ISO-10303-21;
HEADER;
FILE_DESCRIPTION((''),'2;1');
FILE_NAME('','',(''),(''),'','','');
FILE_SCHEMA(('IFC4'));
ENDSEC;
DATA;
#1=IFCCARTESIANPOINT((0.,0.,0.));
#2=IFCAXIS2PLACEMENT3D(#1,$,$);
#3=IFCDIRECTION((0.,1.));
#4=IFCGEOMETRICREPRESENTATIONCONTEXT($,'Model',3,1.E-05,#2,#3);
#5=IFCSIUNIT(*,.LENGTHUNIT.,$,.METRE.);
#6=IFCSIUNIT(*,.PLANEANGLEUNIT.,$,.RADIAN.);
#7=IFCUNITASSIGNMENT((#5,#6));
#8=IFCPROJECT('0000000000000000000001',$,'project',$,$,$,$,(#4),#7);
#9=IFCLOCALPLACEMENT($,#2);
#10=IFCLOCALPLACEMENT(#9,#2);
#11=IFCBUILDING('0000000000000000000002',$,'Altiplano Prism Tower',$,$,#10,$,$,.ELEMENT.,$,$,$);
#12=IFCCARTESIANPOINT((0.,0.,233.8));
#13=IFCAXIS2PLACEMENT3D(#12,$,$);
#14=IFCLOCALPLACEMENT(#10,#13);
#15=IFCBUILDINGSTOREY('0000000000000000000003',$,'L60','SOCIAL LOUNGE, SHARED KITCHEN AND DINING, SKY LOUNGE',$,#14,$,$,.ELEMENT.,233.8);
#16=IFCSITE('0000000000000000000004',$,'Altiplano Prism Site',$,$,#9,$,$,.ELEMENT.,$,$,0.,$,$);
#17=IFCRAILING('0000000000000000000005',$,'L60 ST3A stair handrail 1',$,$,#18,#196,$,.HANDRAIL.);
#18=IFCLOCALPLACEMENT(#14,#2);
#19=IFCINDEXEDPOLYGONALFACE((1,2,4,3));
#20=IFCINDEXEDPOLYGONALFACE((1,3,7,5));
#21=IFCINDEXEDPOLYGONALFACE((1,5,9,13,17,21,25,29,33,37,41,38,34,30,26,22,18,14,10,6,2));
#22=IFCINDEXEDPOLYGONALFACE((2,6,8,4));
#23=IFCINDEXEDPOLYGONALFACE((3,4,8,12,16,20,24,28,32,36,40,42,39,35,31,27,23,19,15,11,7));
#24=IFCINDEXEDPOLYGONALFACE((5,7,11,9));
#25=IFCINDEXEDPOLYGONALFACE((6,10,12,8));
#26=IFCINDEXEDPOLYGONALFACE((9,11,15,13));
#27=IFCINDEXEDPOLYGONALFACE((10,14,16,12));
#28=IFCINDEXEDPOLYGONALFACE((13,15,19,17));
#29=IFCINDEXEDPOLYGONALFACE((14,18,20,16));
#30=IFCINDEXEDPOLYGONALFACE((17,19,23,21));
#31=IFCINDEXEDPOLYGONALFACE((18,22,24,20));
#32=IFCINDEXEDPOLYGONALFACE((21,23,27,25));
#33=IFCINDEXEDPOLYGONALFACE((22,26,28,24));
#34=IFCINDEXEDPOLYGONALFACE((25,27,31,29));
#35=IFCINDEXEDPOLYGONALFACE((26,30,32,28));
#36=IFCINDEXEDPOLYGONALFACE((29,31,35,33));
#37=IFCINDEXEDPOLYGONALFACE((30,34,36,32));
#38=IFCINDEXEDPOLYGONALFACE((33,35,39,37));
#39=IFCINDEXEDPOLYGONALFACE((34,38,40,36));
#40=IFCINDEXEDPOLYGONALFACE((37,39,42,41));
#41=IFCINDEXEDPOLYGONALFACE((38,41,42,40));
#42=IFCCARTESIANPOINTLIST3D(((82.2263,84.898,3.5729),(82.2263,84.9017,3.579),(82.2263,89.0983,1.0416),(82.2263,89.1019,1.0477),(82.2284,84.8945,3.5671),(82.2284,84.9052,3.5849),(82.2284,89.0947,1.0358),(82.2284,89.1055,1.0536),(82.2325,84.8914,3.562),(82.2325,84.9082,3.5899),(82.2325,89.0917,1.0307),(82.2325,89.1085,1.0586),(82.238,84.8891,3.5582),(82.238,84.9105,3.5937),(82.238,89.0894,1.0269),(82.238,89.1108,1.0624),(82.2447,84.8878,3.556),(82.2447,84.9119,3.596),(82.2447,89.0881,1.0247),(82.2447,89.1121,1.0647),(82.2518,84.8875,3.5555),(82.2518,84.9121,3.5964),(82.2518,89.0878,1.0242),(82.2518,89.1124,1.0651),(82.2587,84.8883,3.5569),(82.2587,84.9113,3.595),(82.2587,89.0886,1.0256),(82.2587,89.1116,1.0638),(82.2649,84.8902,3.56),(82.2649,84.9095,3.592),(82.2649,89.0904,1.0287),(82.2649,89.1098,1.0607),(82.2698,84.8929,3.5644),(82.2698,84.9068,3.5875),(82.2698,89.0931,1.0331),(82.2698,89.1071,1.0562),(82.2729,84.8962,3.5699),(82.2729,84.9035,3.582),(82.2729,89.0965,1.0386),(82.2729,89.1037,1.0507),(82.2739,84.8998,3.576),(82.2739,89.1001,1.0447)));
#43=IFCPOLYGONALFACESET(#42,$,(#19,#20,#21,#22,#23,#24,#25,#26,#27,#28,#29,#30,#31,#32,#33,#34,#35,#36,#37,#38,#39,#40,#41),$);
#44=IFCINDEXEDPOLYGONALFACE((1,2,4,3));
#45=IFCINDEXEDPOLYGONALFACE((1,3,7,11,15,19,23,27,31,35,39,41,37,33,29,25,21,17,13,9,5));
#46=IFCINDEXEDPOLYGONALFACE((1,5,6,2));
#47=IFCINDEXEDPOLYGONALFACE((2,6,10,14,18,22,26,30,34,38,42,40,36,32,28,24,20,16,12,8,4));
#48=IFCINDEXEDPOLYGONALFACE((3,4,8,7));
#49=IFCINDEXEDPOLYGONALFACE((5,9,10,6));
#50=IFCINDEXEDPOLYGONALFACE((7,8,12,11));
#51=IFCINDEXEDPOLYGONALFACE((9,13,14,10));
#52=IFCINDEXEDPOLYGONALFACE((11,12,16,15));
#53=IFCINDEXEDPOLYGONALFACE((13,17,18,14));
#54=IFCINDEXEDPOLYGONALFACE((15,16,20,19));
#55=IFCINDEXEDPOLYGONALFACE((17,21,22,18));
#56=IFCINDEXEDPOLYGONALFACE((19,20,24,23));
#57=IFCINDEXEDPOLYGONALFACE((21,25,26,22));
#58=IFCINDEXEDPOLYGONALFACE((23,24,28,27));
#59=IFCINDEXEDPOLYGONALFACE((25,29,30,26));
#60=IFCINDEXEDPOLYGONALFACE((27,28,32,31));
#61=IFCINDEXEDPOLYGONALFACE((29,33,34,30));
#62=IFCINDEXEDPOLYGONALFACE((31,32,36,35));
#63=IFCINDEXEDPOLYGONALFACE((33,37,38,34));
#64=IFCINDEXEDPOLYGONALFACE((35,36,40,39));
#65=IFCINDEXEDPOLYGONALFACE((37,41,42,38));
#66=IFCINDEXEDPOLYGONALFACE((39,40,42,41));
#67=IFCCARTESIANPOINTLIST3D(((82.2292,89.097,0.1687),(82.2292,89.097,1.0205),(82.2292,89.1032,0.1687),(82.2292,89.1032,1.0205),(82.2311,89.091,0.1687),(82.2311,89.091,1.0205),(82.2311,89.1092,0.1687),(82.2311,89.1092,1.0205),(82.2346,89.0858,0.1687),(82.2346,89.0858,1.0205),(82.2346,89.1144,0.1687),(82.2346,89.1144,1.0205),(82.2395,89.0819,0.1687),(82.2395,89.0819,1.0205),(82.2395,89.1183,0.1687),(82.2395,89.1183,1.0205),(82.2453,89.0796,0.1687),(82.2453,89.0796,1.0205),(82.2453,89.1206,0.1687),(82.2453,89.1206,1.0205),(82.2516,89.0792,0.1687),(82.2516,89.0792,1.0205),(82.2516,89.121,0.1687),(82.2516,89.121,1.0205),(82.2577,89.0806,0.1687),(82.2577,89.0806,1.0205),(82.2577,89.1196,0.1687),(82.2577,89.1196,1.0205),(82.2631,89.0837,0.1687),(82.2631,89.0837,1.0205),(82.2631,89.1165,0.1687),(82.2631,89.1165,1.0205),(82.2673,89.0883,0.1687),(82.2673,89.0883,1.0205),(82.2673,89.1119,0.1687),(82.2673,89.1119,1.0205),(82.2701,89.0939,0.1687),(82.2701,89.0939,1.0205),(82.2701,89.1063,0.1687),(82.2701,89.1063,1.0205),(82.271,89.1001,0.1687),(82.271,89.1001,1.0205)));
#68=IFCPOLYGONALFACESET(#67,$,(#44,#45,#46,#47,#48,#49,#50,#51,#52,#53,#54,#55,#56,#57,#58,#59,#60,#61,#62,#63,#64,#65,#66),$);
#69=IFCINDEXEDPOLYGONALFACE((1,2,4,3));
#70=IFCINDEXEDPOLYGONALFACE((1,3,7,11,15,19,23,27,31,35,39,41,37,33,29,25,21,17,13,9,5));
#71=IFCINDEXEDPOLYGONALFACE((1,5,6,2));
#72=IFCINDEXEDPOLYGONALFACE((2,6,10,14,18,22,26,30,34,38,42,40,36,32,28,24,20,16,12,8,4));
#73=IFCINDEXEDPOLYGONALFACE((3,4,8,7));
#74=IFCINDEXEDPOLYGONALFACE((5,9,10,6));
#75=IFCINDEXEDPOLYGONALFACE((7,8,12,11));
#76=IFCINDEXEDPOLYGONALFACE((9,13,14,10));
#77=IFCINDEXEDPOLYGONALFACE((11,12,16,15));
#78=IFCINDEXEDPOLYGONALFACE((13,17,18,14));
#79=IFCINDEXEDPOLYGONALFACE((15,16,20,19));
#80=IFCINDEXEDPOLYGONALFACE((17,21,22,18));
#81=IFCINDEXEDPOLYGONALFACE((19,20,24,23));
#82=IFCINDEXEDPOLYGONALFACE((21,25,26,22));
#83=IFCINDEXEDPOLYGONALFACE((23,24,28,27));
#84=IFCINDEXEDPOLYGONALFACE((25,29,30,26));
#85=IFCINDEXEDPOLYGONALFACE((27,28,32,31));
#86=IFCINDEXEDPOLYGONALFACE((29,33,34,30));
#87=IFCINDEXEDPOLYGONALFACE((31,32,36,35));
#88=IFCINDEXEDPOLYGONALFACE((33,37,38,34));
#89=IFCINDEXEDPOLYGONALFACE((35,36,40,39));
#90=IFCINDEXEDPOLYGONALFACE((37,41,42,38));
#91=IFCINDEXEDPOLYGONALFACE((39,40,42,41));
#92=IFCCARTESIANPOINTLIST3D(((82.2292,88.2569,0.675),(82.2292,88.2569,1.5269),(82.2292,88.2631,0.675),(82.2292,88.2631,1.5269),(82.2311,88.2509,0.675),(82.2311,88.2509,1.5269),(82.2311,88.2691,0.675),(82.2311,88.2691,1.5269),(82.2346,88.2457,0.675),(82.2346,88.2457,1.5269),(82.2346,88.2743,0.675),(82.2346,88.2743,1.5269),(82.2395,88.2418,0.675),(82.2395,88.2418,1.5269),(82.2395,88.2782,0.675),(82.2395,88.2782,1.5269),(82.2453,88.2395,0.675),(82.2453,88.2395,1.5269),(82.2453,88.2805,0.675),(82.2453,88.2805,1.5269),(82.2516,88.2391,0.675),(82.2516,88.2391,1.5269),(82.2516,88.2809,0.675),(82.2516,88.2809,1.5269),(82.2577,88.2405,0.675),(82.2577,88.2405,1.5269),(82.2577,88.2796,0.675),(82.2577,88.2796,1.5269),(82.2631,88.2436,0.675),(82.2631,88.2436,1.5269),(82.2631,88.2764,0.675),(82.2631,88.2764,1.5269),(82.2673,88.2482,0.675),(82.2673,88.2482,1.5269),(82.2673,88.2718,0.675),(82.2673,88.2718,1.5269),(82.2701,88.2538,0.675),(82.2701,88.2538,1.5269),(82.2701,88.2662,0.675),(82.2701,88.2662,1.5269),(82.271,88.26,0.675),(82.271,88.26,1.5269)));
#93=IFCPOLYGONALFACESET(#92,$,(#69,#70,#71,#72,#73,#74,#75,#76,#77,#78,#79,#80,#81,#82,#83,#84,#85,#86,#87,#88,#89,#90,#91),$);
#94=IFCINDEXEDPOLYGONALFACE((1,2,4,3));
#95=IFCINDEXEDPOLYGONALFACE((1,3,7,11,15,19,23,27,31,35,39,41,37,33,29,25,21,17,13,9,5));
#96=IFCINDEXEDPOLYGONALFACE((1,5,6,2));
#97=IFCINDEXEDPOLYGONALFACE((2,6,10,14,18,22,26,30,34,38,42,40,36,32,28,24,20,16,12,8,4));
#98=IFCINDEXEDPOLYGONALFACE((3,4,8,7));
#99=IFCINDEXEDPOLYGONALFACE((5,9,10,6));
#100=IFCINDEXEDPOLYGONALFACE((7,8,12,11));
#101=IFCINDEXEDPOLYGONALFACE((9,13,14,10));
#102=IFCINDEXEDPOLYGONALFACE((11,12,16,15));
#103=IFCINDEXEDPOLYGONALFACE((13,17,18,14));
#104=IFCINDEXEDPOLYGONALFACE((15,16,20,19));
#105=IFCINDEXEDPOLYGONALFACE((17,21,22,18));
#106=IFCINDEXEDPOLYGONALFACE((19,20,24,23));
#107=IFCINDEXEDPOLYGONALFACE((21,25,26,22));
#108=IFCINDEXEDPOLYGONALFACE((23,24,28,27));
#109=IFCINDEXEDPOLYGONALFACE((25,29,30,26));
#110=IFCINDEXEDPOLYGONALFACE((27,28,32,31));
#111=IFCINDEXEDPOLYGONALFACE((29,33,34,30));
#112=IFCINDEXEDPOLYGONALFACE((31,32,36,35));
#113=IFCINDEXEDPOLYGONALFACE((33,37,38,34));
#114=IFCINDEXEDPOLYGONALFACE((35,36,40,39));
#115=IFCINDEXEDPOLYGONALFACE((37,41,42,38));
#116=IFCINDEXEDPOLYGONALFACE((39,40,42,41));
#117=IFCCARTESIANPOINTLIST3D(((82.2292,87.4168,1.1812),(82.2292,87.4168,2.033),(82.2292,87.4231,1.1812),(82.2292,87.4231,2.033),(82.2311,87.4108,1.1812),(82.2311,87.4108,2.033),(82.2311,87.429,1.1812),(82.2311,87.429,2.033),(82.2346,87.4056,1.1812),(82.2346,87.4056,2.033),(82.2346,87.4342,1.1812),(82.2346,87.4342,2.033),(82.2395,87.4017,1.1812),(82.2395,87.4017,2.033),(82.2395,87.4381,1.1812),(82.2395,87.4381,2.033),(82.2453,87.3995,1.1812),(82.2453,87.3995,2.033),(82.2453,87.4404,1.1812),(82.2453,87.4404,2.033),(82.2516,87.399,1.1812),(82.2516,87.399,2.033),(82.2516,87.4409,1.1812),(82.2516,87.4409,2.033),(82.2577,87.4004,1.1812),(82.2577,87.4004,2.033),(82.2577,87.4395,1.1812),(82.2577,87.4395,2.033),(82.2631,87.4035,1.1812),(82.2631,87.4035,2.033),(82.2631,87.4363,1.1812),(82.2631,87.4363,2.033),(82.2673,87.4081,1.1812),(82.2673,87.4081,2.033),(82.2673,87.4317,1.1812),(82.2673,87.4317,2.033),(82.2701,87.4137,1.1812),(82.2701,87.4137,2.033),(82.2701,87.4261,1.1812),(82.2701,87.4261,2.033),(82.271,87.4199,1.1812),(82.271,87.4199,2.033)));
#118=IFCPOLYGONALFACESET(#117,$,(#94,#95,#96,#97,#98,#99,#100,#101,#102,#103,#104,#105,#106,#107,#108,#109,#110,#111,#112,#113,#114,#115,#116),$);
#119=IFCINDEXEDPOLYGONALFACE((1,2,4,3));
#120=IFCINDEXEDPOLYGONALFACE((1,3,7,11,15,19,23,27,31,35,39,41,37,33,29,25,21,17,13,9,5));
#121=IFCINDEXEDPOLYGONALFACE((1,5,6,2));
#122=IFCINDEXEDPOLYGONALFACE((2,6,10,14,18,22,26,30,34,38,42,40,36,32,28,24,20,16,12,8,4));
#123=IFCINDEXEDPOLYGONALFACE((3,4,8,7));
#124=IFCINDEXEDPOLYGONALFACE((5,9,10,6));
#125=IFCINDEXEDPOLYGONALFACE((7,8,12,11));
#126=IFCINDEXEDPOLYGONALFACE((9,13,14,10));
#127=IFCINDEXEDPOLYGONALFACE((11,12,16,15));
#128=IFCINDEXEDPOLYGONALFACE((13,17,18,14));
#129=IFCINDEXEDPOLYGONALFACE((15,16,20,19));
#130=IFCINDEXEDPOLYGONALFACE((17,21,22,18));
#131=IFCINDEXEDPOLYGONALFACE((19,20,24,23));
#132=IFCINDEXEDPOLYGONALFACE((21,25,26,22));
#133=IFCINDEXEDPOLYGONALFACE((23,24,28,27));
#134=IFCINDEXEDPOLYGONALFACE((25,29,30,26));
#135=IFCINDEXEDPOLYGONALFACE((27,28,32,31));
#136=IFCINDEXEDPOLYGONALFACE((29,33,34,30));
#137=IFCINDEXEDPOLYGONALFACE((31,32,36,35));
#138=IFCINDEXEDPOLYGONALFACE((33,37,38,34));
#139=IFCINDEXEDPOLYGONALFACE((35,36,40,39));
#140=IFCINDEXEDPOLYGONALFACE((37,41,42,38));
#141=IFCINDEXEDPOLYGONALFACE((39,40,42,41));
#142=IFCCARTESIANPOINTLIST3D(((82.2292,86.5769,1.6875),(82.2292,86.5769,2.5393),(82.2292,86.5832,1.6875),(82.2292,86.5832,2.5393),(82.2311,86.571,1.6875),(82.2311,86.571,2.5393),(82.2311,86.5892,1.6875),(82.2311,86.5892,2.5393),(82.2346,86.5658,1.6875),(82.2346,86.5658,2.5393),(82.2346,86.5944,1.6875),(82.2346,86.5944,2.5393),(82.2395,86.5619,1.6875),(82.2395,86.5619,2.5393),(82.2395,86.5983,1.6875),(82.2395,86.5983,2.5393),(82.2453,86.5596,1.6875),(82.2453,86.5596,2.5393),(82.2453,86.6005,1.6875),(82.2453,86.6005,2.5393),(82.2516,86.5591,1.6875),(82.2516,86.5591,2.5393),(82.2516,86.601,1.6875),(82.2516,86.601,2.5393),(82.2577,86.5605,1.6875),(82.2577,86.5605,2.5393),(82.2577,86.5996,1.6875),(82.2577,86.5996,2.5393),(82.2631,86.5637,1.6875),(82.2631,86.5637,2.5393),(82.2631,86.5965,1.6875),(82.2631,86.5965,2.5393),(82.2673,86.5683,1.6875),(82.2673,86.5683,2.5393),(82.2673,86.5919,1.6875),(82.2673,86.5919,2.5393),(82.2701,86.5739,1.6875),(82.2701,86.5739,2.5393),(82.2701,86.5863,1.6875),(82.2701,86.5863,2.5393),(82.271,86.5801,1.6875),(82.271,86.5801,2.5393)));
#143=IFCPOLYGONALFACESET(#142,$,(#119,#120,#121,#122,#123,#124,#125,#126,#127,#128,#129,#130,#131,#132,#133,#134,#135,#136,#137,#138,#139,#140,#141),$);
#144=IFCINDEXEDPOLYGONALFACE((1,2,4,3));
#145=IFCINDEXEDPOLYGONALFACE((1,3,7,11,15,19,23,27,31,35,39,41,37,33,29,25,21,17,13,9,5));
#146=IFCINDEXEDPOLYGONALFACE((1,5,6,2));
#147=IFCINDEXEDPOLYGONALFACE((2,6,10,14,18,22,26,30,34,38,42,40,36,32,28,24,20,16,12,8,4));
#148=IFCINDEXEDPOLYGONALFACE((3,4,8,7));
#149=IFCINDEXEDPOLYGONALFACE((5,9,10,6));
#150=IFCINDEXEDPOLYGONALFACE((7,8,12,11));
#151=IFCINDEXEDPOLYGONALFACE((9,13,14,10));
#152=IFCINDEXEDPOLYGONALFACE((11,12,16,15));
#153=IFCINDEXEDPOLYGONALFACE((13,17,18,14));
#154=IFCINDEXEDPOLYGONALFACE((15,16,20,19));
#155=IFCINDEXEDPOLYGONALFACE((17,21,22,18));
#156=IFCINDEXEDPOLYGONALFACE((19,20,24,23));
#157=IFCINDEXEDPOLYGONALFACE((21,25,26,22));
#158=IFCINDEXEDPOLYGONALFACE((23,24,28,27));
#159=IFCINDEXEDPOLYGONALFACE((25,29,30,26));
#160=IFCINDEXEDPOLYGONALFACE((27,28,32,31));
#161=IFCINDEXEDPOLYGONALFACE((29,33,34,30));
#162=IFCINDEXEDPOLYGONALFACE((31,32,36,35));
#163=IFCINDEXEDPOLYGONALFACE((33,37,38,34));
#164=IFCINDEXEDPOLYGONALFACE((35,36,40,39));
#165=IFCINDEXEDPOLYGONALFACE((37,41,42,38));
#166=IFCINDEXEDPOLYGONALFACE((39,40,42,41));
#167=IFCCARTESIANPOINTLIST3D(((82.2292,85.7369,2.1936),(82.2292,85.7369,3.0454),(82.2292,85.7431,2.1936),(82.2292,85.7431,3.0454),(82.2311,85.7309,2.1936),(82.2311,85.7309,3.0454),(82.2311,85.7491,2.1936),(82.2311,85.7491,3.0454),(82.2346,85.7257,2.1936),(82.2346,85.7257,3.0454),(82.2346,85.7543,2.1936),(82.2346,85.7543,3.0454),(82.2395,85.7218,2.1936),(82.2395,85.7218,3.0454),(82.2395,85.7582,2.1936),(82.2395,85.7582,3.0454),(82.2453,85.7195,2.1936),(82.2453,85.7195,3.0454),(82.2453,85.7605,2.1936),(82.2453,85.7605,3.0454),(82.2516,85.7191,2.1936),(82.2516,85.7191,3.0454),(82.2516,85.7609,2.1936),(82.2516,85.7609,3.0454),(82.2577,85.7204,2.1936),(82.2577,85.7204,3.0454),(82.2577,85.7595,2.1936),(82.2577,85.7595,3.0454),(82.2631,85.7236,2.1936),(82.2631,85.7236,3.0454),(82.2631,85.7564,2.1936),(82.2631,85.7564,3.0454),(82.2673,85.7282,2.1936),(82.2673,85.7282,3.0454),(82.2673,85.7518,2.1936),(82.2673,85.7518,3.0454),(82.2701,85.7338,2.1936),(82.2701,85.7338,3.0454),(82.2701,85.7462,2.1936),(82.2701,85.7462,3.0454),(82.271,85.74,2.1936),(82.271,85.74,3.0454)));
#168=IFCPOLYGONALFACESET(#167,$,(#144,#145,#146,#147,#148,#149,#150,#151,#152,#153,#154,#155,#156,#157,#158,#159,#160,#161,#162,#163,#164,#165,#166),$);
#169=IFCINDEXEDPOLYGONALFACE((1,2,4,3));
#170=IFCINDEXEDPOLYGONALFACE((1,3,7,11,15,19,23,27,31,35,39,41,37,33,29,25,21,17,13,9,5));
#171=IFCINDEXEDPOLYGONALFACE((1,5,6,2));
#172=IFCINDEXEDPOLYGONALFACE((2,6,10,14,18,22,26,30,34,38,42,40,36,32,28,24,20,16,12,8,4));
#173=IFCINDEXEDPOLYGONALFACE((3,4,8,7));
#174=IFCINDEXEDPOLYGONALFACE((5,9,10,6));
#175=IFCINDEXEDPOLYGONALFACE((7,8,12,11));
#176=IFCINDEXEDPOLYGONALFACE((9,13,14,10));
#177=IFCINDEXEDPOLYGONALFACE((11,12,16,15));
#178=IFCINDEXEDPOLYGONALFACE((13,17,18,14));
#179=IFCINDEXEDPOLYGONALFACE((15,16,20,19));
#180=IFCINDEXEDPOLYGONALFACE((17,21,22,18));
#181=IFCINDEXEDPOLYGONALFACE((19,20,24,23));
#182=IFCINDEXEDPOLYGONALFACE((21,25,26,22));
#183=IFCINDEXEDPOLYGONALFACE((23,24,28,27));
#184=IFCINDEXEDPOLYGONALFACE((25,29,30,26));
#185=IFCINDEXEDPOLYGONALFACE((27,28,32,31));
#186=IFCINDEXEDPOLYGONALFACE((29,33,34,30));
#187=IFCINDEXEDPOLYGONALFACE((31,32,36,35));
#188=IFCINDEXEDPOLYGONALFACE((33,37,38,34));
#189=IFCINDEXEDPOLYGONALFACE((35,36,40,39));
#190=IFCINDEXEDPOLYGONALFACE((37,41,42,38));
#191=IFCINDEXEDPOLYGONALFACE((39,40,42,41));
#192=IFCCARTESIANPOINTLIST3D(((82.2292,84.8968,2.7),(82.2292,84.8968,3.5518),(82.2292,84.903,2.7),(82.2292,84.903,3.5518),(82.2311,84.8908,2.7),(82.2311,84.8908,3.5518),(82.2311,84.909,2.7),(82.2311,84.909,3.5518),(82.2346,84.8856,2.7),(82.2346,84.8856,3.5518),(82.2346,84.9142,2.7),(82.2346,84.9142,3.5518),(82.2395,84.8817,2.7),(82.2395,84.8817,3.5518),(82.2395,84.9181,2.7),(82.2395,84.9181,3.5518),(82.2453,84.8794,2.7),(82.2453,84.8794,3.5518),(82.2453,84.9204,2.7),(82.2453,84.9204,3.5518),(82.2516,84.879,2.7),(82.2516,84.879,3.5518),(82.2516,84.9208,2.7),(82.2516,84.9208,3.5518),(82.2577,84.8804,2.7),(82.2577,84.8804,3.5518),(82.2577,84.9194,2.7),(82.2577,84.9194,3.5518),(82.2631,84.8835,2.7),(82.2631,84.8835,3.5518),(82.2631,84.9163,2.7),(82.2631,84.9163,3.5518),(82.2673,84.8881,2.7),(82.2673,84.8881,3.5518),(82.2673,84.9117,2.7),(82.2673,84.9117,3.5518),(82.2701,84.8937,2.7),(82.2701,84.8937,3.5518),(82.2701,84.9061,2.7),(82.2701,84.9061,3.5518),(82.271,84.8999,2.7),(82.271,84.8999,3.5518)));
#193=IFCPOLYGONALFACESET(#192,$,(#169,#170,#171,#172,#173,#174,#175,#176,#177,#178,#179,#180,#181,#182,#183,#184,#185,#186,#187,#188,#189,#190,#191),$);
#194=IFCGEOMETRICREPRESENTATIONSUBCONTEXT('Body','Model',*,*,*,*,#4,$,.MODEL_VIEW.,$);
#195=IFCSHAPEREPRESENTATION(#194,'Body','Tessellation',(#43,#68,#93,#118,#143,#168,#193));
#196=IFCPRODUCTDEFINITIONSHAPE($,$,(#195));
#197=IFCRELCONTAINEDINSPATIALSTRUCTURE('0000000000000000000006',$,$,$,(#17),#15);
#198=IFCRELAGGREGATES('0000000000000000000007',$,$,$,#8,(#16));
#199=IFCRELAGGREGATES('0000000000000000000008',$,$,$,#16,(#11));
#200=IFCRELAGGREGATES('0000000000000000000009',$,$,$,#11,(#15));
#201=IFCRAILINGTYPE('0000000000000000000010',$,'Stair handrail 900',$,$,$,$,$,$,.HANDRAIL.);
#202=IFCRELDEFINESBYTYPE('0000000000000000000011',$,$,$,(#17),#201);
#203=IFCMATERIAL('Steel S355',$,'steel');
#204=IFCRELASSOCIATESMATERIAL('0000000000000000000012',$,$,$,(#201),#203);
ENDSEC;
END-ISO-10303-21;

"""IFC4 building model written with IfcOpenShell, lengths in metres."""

from ifc_helpers import new_model, si_unit, direction, frame, origin, origin_2d, place, context, subcontext, project, spatial, circle, extrude, material, type_object, element, save


model = new_model("IFC4")

# Units and contexts
model_context = context("Model", 3, precision=1e-05, world=origin(), true_north=direction((0.0, 1.0)))
body_context = subcontext(model_context, "Body", "Model", "MODEL_VIEW")
ifc_project = project(units=[si_unit("LENGTHUNIT", "METRE"), si_unit("PLANEANGLEUNIT", "RADIAN")], contexts=[model_context])

# Site, building, storey
site_placement = place(None, origin())
site = spatial("IfcSite", under=ifc_project, at=site_placement, Name="Altiplano Prism Site", CompositionType="ELEMENT", RefElevation=0.0)
building_placement = place(site_placement, origin())
building = spatial("IfcBuilding", under=site, at=building_placement, Name="Altiplano Prism Tower", CompositionType="ELEMENT")
storey_placement = place(building_placement, frame((0.0, 0.0, 233.8)))
storey = spatial("IfcBuildingStorey", under=building, at=storey_placement, Name="L60", Description="SOCIAL LOUNGE, SHARED KITCHEN AND DINING, SKY LOUNGE", CompositionType="ELEMENT", Elevation=233.8)

# Railing
ifc_material_1 = material(Name="Steel S355", Category="steel")
railing_type = type_object("IfcRailingType", Name="Stair handrail 900", PredefinedType="HANDRAIL", material=ifc_material_1)
railing_placement = place(storey_placement, frame((82.25, 89.1001, 0.1687)))
element("IfcRailing", 1, at=railing_placement, inside=storey, type_object=railing_type, Name="L60 ST3A stair handrail 1", PredefinedType="HANDRAIL", context=body_context, shape_type="SweptSolid", body=[
    extrude(circle(Radius=0.0239, at=origin_2d()), frame((0.0, 0.0, 0.876), z_axis=(0.0, -0.85649, 0.516164), x_axis=(1.0, 0.0, 0.0)), (0.0, 0.0, 1.0), 4.9041),
    extrude(circle(Radius=0.021, at=origin_2d()), origin(), (0.0, 0.0, 1.0), 0.8518),
    extrude(circle(Radius=0.021, at=origin_2d()), frame((0.0, -0.8401, 0.5063)), (0.0, 0.0, 1.0), 0.8518),
    extrude(circle(Radius=0.021, at=origin_2d()), frame((0.0, -1.6802, 1.0125)), (0.0, 0.0, 1.0), 0.8518),
    extrude(circle(Radius=0.021, at=origin_2d()), frame((0.0, -2.52, 1.5188)), (0.0, 0.0, 1.0), 0.8518),
    extrude(circle(Radius=0.021, at=origin_2d()), frame((0.0, -3.3601, 2.0249)), (0.0, 0.0, 1.0), 0.8518),
    extrude(circle(Radius=0.021, at=origin_2d()), frame((0.0, -4.2002, 2.5312)), (0.0, 0.0, 1.0), 0.8518),
])

save(model, "model.ifc")
